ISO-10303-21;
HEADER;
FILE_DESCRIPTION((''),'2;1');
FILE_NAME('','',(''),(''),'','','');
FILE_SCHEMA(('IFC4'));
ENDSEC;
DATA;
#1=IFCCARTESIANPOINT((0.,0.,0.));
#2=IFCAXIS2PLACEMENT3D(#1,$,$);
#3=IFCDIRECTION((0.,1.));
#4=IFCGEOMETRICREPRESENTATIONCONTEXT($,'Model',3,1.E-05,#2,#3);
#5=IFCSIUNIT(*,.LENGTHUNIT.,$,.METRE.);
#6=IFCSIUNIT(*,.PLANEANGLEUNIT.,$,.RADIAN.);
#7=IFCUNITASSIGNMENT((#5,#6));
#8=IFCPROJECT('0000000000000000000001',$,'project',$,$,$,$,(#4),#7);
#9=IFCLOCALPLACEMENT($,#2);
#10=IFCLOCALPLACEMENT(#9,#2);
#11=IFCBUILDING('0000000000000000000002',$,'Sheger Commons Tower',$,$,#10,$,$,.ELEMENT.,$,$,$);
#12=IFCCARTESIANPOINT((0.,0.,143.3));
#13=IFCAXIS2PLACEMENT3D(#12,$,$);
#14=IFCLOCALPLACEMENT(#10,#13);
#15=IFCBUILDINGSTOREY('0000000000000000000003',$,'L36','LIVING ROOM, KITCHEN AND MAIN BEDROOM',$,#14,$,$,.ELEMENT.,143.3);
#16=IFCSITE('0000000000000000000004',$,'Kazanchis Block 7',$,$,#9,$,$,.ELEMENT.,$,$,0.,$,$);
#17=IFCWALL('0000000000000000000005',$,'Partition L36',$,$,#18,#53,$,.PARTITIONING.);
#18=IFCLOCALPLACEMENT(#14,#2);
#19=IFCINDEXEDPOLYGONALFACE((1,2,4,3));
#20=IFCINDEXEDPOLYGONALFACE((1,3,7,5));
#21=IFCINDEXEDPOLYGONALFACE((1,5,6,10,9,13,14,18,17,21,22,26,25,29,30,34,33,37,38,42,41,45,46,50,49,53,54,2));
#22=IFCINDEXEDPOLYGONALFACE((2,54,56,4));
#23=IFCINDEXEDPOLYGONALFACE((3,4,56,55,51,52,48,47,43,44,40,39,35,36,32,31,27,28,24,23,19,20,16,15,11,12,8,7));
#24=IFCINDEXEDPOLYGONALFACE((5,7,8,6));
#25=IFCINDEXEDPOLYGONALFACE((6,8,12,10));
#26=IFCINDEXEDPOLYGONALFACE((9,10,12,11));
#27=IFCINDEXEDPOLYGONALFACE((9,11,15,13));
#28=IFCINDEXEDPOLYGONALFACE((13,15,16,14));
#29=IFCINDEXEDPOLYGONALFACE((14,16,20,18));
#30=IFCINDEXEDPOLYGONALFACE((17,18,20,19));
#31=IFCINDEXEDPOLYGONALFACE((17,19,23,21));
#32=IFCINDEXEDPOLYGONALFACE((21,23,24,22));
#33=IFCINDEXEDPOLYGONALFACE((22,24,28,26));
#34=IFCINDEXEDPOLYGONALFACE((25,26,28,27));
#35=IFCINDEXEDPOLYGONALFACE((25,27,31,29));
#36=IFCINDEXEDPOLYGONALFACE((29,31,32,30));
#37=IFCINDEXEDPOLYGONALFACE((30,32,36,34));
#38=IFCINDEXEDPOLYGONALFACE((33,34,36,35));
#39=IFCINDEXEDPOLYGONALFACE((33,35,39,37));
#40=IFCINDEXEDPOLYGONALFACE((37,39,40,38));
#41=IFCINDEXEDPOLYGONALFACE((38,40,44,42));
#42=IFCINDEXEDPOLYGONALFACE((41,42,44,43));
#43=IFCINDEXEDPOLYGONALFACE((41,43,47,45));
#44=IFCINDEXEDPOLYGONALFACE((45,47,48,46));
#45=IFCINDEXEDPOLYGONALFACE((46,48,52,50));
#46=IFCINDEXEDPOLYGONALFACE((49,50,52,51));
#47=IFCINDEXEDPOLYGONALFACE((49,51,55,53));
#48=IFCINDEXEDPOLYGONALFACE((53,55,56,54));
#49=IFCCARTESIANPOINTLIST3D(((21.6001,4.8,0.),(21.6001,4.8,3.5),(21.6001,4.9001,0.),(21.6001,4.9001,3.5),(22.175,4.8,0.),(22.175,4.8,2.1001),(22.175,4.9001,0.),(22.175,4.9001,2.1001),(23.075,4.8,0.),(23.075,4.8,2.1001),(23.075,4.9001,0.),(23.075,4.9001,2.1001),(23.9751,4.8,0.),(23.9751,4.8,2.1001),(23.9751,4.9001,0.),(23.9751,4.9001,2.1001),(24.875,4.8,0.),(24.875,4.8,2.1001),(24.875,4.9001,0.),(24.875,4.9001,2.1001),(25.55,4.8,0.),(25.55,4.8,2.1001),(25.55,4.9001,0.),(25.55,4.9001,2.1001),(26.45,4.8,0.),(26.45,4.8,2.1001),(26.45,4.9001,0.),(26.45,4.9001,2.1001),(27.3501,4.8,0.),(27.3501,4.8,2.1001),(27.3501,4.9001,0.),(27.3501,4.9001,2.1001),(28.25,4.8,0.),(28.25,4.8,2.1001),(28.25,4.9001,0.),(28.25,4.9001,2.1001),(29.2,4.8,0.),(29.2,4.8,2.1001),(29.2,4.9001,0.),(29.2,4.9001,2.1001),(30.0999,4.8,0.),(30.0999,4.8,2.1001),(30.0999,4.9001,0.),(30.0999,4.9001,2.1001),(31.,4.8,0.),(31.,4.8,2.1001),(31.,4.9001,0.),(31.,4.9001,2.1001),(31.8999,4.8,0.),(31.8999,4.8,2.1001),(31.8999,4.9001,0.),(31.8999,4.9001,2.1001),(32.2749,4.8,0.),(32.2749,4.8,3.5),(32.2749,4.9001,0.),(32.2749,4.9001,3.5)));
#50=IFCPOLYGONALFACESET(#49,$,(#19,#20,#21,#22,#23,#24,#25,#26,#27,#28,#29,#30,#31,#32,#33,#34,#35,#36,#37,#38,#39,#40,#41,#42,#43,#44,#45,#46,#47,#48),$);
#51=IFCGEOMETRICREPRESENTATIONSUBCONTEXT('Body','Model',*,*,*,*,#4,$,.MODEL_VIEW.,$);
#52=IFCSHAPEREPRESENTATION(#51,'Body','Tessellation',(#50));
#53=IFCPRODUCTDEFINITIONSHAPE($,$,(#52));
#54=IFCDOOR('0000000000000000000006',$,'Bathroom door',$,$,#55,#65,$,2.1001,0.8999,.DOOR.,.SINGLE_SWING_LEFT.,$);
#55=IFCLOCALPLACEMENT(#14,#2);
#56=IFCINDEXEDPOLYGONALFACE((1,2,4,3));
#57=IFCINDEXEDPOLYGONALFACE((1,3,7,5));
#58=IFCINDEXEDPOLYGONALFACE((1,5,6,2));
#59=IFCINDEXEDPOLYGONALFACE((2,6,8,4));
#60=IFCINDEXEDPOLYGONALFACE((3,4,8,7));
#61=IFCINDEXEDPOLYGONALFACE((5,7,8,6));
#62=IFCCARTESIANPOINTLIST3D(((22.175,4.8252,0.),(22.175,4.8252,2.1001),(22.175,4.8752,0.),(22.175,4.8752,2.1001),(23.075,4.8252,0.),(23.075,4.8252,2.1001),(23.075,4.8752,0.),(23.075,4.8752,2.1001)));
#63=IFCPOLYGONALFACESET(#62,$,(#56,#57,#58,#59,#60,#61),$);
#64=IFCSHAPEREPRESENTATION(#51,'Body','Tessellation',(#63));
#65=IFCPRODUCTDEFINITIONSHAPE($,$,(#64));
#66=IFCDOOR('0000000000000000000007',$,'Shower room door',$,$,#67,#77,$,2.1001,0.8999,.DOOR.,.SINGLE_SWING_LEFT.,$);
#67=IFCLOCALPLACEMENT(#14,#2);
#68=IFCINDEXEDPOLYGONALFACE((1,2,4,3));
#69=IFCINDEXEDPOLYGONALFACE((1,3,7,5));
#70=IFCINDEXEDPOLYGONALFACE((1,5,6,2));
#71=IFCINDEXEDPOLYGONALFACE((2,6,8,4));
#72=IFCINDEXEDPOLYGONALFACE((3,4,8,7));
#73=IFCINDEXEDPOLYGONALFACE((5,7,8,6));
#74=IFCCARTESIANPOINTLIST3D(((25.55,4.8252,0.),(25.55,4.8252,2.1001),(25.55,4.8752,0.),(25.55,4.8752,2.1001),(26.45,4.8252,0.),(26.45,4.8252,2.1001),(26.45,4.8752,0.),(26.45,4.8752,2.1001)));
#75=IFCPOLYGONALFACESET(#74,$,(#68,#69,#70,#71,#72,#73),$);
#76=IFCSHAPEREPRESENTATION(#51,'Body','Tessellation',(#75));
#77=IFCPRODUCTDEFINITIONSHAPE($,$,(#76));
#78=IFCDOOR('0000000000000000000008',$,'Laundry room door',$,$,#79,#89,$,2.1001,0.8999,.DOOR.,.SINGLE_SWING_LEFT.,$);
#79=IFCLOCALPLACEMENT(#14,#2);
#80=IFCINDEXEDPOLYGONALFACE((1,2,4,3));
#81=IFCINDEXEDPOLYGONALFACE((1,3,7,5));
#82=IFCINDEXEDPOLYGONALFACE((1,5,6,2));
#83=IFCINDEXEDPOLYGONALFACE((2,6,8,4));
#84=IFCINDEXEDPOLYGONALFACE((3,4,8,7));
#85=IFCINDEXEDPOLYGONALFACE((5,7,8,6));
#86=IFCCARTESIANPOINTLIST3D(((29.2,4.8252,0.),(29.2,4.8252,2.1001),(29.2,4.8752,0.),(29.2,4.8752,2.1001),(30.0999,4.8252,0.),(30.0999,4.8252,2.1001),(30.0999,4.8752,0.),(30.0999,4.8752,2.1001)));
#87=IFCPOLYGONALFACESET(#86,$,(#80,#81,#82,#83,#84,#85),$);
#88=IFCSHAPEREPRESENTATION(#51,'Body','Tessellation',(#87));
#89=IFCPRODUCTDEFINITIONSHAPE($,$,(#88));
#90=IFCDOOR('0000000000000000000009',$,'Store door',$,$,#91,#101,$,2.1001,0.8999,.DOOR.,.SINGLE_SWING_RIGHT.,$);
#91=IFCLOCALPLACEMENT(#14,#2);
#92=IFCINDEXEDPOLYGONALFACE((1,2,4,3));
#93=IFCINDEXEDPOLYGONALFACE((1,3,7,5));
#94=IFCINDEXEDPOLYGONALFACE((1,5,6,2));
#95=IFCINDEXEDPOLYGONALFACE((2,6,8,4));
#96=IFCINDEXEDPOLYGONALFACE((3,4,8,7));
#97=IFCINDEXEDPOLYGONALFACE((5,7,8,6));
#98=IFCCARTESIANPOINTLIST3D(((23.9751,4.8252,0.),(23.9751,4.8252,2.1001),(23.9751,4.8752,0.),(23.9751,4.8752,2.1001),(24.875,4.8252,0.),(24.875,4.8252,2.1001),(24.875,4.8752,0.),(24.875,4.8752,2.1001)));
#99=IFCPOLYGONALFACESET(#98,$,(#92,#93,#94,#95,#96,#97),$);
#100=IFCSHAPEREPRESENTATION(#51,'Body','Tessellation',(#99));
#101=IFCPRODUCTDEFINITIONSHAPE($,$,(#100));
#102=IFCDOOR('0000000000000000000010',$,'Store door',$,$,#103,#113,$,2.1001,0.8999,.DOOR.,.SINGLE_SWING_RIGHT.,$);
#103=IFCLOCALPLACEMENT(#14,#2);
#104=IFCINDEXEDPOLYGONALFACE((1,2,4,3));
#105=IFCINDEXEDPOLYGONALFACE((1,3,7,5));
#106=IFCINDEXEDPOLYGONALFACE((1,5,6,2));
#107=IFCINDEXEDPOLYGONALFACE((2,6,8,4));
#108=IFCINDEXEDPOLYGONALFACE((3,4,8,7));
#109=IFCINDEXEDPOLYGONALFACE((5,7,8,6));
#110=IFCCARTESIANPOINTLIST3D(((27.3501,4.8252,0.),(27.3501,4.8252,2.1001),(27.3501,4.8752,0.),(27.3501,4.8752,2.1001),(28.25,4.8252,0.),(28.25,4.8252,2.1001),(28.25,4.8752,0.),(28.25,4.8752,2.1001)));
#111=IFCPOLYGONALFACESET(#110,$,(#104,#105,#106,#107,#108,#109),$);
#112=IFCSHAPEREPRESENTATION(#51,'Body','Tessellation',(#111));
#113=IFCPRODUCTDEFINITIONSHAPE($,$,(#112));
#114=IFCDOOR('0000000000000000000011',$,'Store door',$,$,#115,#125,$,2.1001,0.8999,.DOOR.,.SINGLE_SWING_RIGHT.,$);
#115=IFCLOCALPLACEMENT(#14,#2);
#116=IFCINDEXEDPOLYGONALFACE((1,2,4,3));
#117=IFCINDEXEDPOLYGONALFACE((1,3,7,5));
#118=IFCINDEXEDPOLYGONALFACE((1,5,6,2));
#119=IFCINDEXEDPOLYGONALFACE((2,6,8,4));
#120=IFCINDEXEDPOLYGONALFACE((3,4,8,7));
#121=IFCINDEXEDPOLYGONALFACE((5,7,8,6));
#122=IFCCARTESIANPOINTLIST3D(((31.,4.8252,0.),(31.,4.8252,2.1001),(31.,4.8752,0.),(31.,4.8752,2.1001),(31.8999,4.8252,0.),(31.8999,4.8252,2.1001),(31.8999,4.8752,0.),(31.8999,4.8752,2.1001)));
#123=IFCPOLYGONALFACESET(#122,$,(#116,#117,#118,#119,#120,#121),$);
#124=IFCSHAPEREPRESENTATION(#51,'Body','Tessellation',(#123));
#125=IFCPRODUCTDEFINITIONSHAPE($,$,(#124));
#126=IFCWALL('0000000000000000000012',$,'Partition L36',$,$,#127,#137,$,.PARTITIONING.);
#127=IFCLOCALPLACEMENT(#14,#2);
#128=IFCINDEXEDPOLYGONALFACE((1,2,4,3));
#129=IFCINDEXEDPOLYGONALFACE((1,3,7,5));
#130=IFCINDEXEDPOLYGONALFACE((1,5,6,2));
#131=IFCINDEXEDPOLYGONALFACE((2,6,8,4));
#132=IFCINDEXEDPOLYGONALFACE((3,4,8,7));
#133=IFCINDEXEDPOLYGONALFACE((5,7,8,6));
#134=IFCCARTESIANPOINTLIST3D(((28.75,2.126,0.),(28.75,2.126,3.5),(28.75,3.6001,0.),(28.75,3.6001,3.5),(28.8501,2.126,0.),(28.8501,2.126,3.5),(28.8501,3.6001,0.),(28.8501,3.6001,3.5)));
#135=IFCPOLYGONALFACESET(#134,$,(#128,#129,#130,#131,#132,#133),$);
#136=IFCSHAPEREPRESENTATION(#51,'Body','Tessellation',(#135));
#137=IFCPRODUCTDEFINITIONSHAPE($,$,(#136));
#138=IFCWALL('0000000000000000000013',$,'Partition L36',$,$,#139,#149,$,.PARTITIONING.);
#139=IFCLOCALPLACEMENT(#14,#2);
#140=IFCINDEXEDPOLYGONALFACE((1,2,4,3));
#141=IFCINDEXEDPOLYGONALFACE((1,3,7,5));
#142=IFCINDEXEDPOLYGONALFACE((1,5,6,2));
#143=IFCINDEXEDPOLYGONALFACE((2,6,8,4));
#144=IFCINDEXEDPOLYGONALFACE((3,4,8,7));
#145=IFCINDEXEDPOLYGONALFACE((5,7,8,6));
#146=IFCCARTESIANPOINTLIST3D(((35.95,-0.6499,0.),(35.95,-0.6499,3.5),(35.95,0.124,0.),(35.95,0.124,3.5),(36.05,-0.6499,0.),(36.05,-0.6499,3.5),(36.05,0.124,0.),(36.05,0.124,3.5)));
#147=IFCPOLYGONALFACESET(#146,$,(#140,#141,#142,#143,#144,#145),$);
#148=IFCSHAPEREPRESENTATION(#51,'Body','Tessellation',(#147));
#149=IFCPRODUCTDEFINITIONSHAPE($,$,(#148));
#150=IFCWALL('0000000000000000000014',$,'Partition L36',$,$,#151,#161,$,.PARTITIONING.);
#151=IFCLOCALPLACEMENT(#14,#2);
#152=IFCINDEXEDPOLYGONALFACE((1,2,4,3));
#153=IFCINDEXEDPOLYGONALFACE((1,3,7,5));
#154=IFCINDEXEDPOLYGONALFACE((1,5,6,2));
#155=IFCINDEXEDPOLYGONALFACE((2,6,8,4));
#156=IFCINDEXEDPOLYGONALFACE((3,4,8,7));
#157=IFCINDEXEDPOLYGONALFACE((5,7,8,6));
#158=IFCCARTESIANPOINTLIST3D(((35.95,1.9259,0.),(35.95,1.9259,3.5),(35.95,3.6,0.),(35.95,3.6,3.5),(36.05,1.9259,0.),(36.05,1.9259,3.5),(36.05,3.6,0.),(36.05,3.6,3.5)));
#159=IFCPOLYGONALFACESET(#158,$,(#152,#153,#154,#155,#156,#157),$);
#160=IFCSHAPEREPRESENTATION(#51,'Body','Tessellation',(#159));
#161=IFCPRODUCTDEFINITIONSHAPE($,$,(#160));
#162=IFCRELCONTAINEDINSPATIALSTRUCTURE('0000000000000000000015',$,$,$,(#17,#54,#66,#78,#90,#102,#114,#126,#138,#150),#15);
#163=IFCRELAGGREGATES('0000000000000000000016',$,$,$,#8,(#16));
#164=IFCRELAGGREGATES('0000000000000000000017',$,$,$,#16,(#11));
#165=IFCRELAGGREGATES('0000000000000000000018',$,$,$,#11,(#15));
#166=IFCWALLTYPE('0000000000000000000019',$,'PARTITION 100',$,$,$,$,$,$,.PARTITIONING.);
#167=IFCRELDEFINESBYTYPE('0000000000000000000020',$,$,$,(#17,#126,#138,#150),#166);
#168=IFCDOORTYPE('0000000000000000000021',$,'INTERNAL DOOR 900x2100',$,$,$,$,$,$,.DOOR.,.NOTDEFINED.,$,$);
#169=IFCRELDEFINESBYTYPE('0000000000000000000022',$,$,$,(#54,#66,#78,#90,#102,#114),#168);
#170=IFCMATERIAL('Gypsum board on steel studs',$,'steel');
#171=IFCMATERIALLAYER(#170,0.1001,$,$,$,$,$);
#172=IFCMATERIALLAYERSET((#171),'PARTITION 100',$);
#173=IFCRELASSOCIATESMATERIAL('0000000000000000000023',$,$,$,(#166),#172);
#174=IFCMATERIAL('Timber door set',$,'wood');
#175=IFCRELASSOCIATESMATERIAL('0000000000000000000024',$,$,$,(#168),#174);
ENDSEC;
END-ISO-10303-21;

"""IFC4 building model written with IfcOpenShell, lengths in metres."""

from ifc_helpers import new_model, si_unit, direction, frame, frame_2d, origin, place, context, subcontext, project, spatial, rectangle, extrude, material, layer, layer_set, type_object, element, fill, save


model = new_model("IFC4")

# Units and contexts
model_context = context("Model", 3, precision=1e-05, world=origin(), true_north=direction((0.0, 1.0)))
body_context = subcontext(model_context, "Body", "Model", "MODEL_VIEW")
ifc_project = project(units=[si_unit("LENGTHUNIT", "METRE"), si_unit("PLANEANGLEUNIT", "RADIAN")], contexts=[model_context])

# Site, building, storey
site_placement = place(None, origin())
site = spatial("IfcSite", under=ifc_project, at=site_placement, Name="Kazanchis Block 7", CompositionType="ELEMENT", RefElevation=0.0)
building_placement = place(site_placement, origin())
building = spatial("IfcBuilding", under=site, at=building_placement, Name="Sheger Commons Tower", CompositionType="ELEMENT")
storey_placement = place(building_placement, frame((0.0, 0.0, 143.3)))
storey = spatial("IfcBuildingStorey", under=building, at=storey_placement, Name="L36", Description="LIVING ROOM, KITCHEN AND MAIN BEDROOM", CompositionType="ELEMENT", Elevation=143.3)

# Wall, openings, doors
ifc_material_1 = material(Name="Gypsum board on steel studs", Category="steel")
ifc_layer_1 = layer(ifc_material_1, 0.1001)
ifc_layer_set_1 = layer_set([ifc_layer_1], Name="PARTITION 100")
wall_type_1 = type_object("IfcWallType", Name="PARTITION 100", PredefinedType="PARTITIONING", material=ifc_layer_set_1)
ifc_material_2 = material(Name="Timber door set", Category="wood")
door_type = type_object("IfcDoorType", Name="INTERNAL DOOR 900x2100", OperationType="NOTDEFINED", PredefinedType="DOOR", material=ifc_material_2)
wall_1_placement = place(storey_placement, frame((32.2749, 4.8501, 0.0), z_axis=(0.0, 0.0, 1.0), x_axis=(-1.0, 0.0, 0.0)))
wall_1 = element("IfcWall", 1, at=wall_1_placement, inside=storey, type_object=wall_type_1, Name="Partition L36", PredefinedType="PARTITIONING", context=body_context, shape_type="SweptSolid", body=[
    extrude(rectangle(XDim=10.6748, YDim=0.1001, at=frame_2d((5.3374, 0.0))), origin(), (0.0, 0.0, 1.0), 3.5),
])
opening_1_placement = place(wall_1_placement, frame((9.2, 0.0, 0.0)))
opening_1 = element("IfcOpeningElement", 2, at=opening_1_placement, cuts=wall_1, PredefinedType="OPENING", context=body_context, shape_type="SweptSolid", body=[
    extrude(rectangle(XDim=0.8999, YDim=2.1001, at=frame_2d((0.45, 1.05))), frame((0.0, 0.0601, 0.0), z_axis=(0.0, -1.0, 0.0), x_axis=(1.0, 0.0, 0.0)), (0.0, 0.0, 1.0), 0.1201),
])
opening_2_placement = place(wall_1_placement, frame((5.825, 0.0, 0.0)))
opening_2 = element("IfcOpeningElement", 3, at=opening_2_placement, cuts=wall_1, PredefinedType="OPENING", context=body_context, shape_type="SweptSolid", body=[
    extrude(rectangle(XDim=0.8999, YDim=2.1001, at=frame_2d((0.45, 1.05))), frame((0.0, 0.0601, 0.0), z_axis=(0.0, -1.0, 0.0), x_axis=(1.0, 0.0, 0.0)), (0.0, 0.0, 1.0), 0.1201),
])
opening_3_placement = place(wall_1_placement, frame((2.175, 0.0, 0.0)))
opening_3 = element("IfcOpeningElement", 4, at=opening_3_placement, cuts=wall_1, PredefinedType="OPENING", context=body_context, shape_type="SweptSolid", body=[
    extrude(rectangle(XDim=0.8999, YDim=2.1001, at=frame_2d((0.45, 1.05))), frame((0.0, 0.0601, 0.0), z_axis=(0.0, -1.0, 0.0), x_axis=(1.0, 0.0, 0.0)), (0.0, 0.0, 1.0), 0.1201),
])
opening_4_placement = place(wall_1_placement, frame((7.3999, 0.0, 0.0)))
opening_4 = element("IfcOpeningElement", 5, at=opening_4_placement, cuts=wall_1, PredefinedType="OPENING", context=body_context, shape_type="SweptSolid", body=[
    extrude(rectangle(XDim=0.8999, YDim=2.1001, at=frame_2d((0.45, 1.05))), frame((0.0, 0.0601, 0.0), z_axis=(0.0, -1.0, 0.0), x_axis=(1.0, 0.0, 0.0)), (0.0, 0.0, 1.0), 0.1201),
])
opening_5_placement = place(wall_1_placement, frame((4.0249, 0.0, 0.0)))
opening_5 = element("IfcOpeningElement", 6, at=opening_5_placement, cuts=wall_1, PredefinedType="OPENING", context=body_context, shape_type="SweptSolid", body=[
    extrude(rectangle(XDim=0.8999, YDim=2.1001, at=frame_2d((0.45, 1.05))), frame((0.0, 0.0601, 0.0), z_axis=(0.0, -1.0, 0.0), x_axis=(1.0, 0.0, 0.0)), (0.0, 0.0, 1.0), 0.1201),
])
opening_6_placement = place(wall_1_placement, frame((0.375, 0.0, 0.0)))
opening_6 = element("IfcOpeningElement", 7, at=opening_6_placement, cuts=wall_1, PredefinedType="OPENING", context=body_context, shape_type="SweptSolid", body=[
    extrude(rectangle(XDim=0.8999, YDim=2.1001, at=frame_2d((0.45, 1.05))), frame((0.0, 0.0601, 0.0), z_axis=(0.0, -1.0, 0.0), x_axis=(1.0, 0.0, 0.0)), (0.0, 0.0, 1.0), 0.1201),
])
door_1_placement = place(opening_1_placement, origin())
door_1 = element("IfcDoor", 8, at=door_1_placement, inside=storey, type_object=door_type, Name="Bathroom door", OperationType="SINGLE_SWING_LEFT", OverallHeight=2.1001, OverallWidth=0.8999, PredefinedType="DOOR", context=body_context, shape_type="SweptSolid", body=[
    extrude(rectangle(XDim=0.8999, YDim=2.1001, at=frame_2d((0.45, 1.05))), frame((0.0, 0.0249, 0.0), z_axis=(0.0, -1.0, 0.0), x_axis=(1.0, 0.0, 0.0)), (0.0, 0.0, 1.0), 0.05),
])
fill(opening_1, door_1)
door_2_placement = place(opening_2_placement, origin())
door_2 = element("IfcDoor", 9, at=door_2_placement, inside=storey, type_object=door_type, Name="Shower room door", OperationType="SINGLE_SWING_LEFT", OverallHeight=2.1001, OverallWidth=0.8999, PredefinedType="DOOR", context=body_context, shape_type="SweptSolid", body=[
    extrude(rectangle(XDim=0.8999, YDim=2.1001, at=frame_2d((0.45, 1.05))), frame((0.0, 0.0249, 0.0), z_axis=(0.0, -1.0, 0.0), x_axis=(1.0, 0.0, 0.0)), (0.0, 0.0, 1.0), 0.05),
])
fill(opening_2, door_2)
door_3_placement = place(opening_3_placement, origin())
door_3 = element("IfcDoor", 10, at=door_3_placement, inside=storey, type_object=door_type, Name="Laundry room door", OperationType="SINGLE_SWING_LEFT", OverallHeight=2.1001, OverallWidth=0.8999, PredefinedType="DOOR", context=body_context, shape_type="SweptSolid", body=[
    extrude(rectangle(XDim=0.8999, YDim=2.1001, at=frame_2d((0.45, 1.05))), frame((0.0, 0.0249, 0.0), z_axis=(0.0, -1.0, 0.0), x_axis=(1.0, 0.0, 0.0)), (0.0, 0.0, 1.0), 0.05),
])
fill(opening_3, door_3)
door_4_placement = place(opening_4_placement, origin())
door_4 = element("IfcDoor", 11, at=door_4_placement, inside=storey, type_object=door_type, Name="Store door", OperationType="SINGLE_SWING_RIGHT", OverallHeight=2.1001, OverallWidth=0.8999, PredefinedType="DOOR", context=body_context, shape_type="SweptSolid", body=[
    extrude(rectangle(XDim=0.8999, YDim=2.1001, at=frame_2d((0.45, 1.05))), frame((0.0, 0.0249, 0.0), z_axis=(0.0, -1.0, 0.0), x_axis=(1.0, 0.0, 0.0)), (0.0, 0.0, 1.0), 0.05),
])
fill(opening_4, door_4)
door_5_placement = place(opening_5_placement, origin())
door_5 = element("IfcDoor", 12, at=door_5_placement, inside=storey, type_object=door_type, Name="Store door", OperationType="SINGLE_SWING_RIGHT", OverallHeight=2.1001, OverallWidth=0.8999, PredefinedType="DOOR", context=body_context, shape_type="SweptSolid", body=[
    extrude(rectangle(XDim=0.8999, YDim=2.1001, at=frame_2d((0.45, 1.05))), frame((0.0, 0.0249, 0.0), z_axis=(0.0, -1.0, 0.0), x_axis=(1.0, 0.0, 0.0)), (0.0, 0.0, 1.0), 0.05),
])
fill(opening_5, door_5)
door_6_placement = place(opening_6_placement, origin())
door_6 = element("IfcDoor", 13, at=door_6_placement, inside=storey, type_object=door_type, Name="Store door", OperationType="SINGLE_SWING_RIGHT", OverallHeight=2.1001, OverallWidth=0.8999, PredefinedType="DOOR", context=body_context, shape_type="SweptSolid", body=[
    extrude(rectangle(XDim=0.8999, YDim=2.1001, at=frame_2d((0.45, 1.05))), frame((0.0, 0.0249, 0.0), z_axis=(0.0, -1.0, 0.0), x_axis=(1.0, 0.0, 0.0)), (0.0, 0.0, 1.0), 0.05),
])
fill(opening_6, door_6)

# Walls
wall_2_placement = place(storey_placement, frame((28.8, 2.126, 0.0), z_axis=(0.0, 0.0, 1.0), x_axis=(0.0, 1.0, 0.0)))
element("IfcWall", 14, at=wall_2_placement, inside=storey, type_object=wall_type_1, Name="Partition L36", PredefinedType="PARTITIONING", context=body_context, shape_type="SweptSolid", body=[
    extrude(rectangle(XDim=1.4741, YDim=0.1001, at=frame_2d((0.7371, 0.0))), origin(), (0.0, 0.0, 1.0), 3.5),
])
wall_3_placement = place(storey_placement, frame((36.0, -0.6499, 0.0), z_axis=(0.0, 0.0, 1.0), x_axis=(0.0, 1.0, 0.0)))
element("IfcWall", 15, at=wall_3_placement, inside=storey, type_object=wall_type_1, Name="Partition L36", PredefinedType="PARTITIONING", context=body_context, shape_type="SweptSolid", body=[
    extrude(rectangle(XDim=0.7739, YDim=0.1001, at=frame_2d((0.387, 0.0))), origin(), (0.0, 0.0, 1.0), 3.5),
])
wall_4_placement = place(storey_placement, frame((36.0, 1.926, 0.0), z_axis=(0.0, 0.0, 1.0), x_axis=(0.0, 1.0, 0.0)))
element("IfcWall", 16, at=wall_4_placement, inside=storey, type_object=wall_type_1, Name="Partition L36", PredefinedType="PARTITIONING", context=body_context, shape_type="SweptSolid", body=[
    extrude(rectangle(XDim=1.6741, YDim=0.1001, at=frame_2d((0.8369, 0.0))), origin(), (0.0, 0.0, 1.0), 3.5),
])

save(model, "model.ifc")
